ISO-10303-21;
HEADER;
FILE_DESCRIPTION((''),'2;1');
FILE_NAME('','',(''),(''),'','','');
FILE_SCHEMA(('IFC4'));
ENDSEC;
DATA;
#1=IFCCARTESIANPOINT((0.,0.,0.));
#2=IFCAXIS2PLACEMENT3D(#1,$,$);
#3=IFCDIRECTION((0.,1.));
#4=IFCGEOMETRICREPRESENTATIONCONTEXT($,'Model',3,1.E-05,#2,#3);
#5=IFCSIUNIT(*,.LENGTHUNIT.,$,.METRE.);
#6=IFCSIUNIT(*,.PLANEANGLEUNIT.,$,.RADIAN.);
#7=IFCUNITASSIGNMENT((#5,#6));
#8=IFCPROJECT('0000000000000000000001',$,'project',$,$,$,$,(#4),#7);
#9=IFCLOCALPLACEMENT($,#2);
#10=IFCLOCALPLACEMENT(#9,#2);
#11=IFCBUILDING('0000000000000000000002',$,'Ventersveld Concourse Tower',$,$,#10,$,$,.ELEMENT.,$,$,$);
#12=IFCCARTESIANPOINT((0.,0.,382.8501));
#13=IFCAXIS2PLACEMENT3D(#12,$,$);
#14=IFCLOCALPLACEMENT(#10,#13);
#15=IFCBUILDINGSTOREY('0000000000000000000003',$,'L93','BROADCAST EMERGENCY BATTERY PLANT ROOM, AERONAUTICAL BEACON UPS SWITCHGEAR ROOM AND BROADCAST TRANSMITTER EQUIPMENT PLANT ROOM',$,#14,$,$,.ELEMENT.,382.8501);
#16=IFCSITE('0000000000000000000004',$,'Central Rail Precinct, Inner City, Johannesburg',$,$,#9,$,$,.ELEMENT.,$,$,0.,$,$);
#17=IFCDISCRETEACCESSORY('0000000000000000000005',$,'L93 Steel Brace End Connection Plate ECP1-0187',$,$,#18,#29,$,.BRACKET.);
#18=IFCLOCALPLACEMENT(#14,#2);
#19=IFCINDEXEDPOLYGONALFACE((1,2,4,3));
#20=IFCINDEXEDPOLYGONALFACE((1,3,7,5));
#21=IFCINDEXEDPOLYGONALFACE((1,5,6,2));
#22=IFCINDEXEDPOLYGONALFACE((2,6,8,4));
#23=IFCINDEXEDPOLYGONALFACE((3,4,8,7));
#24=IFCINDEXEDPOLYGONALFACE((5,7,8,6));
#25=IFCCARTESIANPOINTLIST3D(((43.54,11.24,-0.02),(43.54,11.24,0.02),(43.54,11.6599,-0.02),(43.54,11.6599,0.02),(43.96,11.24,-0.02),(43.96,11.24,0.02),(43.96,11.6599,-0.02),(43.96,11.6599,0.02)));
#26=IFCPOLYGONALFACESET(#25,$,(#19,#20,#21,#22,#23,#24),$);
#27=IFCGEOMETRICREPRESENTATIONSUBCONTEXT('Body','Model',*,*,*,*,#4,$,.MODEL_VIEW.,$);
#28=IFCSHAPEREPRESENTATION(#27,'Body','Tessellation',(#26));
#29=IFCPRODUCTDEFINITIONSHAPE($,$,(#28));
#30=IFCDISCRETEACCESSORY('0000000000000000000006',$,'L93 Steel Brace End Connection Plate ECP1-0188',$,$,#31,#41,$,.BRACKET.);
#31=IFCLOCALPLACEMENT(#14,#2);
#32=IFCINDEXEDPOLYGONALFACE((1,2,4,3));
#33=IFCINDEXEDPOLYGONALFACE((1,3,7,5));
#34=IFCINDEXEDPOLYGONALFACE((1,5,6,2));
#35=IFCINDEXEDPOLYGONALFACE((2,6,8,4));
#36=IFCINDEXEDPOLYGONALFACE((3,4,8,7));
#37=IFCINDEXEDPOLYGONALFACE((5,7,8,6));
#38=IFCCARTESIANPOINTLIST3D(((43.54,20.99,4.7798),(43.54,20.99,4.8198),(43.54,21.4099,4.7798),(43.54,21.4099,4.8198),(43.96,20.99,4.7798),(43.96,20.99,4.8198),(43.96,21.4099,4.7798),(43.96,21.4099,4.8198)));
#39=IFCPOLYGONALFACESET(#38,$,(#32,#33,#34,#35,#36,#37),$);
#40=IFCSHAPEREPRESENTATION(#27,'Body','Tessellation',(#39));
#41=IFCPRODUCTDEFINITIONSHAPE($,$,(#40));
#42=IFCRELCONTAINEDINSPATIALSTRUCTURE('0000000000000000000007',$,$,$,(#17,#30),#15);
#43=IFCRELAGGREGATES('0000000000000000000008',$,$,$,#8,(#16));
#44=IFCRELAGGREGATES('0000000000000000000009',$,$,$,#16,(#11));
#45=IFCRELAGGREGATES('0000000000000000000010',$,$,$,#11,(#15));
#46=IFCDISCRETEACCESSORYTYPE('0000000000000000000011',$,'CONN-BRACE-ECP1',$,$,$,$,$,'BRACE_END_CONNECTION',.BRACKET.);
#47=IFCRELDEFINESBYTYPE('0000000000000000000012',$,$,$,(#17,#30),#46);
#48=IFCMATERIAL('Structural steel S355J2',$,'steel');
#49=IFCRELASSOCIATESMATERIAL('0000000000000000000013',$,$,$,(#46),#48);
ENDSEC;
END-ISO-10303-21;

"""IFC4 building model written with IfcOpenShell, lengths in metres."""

from ifc_helpers import new_model, si_unit, direction, frame, origin, origin_2d, place, context, subcontext, project, spatial, rectangle, extrude, material, type_object, element, save


model = new_model("IFC4")

# Units and contexts
model_context = context("Model", 3, precision=1e-05, world=origin(), true_north=direction((0.0, 1.0)))
body_context = subcontext(model_context, "Body", "Model", "MODEL_VIEW")
ifc_project = project(units=[si_unit("LENGTHUNIT", "METRE"), si_unit("PLANEANGLEUNIT", "RADIAN")], contexts=[model_context])

# Site, building, storey
site_placement = place(None, origin())
site = spatial("IfcSite", under=ifc_project, at=site_placement, Name="Central Rail Precinct, Inner City, Johannesburg", CompositionType="ELEMENT", RefElevation=0.0)
building_placement = place(site_placement, origin())
building = spatial("IfcBuilding", under=site, at=building_placement, Name="Ventersveld Concourse Tower", CompositionType="ELEMENT")
storey_placement = place(building_placement, frame((0.0, 0.0, 382.8501)))
storey = spatial("IfcBuildingStorey", under=building, at=storey_placement, Name="L93", Description="BROADCAST EMERGENCY BATTERY PLANT ROOM, AERONAUTICAL BEACON UPS SWITCHGEAR ROOM AND BROADCAST TRANSMITTER EQUIPMENT PLANT ROOM", CompositionType="ELEMENT", Elevation=382.8501)

# Discrete accessories
ifc_material_1 = material(Name="Structural steel S355J2", Category="steel")
discrete_accessory_type_1 = type_object("IfcDiscreteAccessoryType", Name="CONN-BRACE-ECP1", ElementType="BRACE_END_CONNECTION", PredefinedType="BRACKET", material=ifc_material_1)
for number, where, z_axis, x_axis, name in (
    (1, (43.75, 11.45, -0.02), (0.0, 0.0, 1.0), (1.0, 0.0, 0.0), "L93 Steel Brace End Connection Plate ECP1-0187"),
    (2, (43.75, 21.2, 4.7798), (0.0, 0.0, 1.0), (1.0, 0.0, 0.0), "L93 Steel Brace End Connection Plate ECP1-0188"),
):
    element("IfcDiscreteAccessory", number, at=place(storey_placement, frame(where, z_axis=z_axis, x_axis=x_axis)), inside=storey, type_object=discrete_accessory_type_1, Name=name, PredefinedType="BRACKET", context=body_context, shape_type="SweptSolid", body=[
        extrude(rectangle(XDim=0.4199, YDim=0.4199, at=origin_2d()), origin(), (0.0, 0.0, 1.0), 0.04),
    ])

save(model, "model.ifc")
